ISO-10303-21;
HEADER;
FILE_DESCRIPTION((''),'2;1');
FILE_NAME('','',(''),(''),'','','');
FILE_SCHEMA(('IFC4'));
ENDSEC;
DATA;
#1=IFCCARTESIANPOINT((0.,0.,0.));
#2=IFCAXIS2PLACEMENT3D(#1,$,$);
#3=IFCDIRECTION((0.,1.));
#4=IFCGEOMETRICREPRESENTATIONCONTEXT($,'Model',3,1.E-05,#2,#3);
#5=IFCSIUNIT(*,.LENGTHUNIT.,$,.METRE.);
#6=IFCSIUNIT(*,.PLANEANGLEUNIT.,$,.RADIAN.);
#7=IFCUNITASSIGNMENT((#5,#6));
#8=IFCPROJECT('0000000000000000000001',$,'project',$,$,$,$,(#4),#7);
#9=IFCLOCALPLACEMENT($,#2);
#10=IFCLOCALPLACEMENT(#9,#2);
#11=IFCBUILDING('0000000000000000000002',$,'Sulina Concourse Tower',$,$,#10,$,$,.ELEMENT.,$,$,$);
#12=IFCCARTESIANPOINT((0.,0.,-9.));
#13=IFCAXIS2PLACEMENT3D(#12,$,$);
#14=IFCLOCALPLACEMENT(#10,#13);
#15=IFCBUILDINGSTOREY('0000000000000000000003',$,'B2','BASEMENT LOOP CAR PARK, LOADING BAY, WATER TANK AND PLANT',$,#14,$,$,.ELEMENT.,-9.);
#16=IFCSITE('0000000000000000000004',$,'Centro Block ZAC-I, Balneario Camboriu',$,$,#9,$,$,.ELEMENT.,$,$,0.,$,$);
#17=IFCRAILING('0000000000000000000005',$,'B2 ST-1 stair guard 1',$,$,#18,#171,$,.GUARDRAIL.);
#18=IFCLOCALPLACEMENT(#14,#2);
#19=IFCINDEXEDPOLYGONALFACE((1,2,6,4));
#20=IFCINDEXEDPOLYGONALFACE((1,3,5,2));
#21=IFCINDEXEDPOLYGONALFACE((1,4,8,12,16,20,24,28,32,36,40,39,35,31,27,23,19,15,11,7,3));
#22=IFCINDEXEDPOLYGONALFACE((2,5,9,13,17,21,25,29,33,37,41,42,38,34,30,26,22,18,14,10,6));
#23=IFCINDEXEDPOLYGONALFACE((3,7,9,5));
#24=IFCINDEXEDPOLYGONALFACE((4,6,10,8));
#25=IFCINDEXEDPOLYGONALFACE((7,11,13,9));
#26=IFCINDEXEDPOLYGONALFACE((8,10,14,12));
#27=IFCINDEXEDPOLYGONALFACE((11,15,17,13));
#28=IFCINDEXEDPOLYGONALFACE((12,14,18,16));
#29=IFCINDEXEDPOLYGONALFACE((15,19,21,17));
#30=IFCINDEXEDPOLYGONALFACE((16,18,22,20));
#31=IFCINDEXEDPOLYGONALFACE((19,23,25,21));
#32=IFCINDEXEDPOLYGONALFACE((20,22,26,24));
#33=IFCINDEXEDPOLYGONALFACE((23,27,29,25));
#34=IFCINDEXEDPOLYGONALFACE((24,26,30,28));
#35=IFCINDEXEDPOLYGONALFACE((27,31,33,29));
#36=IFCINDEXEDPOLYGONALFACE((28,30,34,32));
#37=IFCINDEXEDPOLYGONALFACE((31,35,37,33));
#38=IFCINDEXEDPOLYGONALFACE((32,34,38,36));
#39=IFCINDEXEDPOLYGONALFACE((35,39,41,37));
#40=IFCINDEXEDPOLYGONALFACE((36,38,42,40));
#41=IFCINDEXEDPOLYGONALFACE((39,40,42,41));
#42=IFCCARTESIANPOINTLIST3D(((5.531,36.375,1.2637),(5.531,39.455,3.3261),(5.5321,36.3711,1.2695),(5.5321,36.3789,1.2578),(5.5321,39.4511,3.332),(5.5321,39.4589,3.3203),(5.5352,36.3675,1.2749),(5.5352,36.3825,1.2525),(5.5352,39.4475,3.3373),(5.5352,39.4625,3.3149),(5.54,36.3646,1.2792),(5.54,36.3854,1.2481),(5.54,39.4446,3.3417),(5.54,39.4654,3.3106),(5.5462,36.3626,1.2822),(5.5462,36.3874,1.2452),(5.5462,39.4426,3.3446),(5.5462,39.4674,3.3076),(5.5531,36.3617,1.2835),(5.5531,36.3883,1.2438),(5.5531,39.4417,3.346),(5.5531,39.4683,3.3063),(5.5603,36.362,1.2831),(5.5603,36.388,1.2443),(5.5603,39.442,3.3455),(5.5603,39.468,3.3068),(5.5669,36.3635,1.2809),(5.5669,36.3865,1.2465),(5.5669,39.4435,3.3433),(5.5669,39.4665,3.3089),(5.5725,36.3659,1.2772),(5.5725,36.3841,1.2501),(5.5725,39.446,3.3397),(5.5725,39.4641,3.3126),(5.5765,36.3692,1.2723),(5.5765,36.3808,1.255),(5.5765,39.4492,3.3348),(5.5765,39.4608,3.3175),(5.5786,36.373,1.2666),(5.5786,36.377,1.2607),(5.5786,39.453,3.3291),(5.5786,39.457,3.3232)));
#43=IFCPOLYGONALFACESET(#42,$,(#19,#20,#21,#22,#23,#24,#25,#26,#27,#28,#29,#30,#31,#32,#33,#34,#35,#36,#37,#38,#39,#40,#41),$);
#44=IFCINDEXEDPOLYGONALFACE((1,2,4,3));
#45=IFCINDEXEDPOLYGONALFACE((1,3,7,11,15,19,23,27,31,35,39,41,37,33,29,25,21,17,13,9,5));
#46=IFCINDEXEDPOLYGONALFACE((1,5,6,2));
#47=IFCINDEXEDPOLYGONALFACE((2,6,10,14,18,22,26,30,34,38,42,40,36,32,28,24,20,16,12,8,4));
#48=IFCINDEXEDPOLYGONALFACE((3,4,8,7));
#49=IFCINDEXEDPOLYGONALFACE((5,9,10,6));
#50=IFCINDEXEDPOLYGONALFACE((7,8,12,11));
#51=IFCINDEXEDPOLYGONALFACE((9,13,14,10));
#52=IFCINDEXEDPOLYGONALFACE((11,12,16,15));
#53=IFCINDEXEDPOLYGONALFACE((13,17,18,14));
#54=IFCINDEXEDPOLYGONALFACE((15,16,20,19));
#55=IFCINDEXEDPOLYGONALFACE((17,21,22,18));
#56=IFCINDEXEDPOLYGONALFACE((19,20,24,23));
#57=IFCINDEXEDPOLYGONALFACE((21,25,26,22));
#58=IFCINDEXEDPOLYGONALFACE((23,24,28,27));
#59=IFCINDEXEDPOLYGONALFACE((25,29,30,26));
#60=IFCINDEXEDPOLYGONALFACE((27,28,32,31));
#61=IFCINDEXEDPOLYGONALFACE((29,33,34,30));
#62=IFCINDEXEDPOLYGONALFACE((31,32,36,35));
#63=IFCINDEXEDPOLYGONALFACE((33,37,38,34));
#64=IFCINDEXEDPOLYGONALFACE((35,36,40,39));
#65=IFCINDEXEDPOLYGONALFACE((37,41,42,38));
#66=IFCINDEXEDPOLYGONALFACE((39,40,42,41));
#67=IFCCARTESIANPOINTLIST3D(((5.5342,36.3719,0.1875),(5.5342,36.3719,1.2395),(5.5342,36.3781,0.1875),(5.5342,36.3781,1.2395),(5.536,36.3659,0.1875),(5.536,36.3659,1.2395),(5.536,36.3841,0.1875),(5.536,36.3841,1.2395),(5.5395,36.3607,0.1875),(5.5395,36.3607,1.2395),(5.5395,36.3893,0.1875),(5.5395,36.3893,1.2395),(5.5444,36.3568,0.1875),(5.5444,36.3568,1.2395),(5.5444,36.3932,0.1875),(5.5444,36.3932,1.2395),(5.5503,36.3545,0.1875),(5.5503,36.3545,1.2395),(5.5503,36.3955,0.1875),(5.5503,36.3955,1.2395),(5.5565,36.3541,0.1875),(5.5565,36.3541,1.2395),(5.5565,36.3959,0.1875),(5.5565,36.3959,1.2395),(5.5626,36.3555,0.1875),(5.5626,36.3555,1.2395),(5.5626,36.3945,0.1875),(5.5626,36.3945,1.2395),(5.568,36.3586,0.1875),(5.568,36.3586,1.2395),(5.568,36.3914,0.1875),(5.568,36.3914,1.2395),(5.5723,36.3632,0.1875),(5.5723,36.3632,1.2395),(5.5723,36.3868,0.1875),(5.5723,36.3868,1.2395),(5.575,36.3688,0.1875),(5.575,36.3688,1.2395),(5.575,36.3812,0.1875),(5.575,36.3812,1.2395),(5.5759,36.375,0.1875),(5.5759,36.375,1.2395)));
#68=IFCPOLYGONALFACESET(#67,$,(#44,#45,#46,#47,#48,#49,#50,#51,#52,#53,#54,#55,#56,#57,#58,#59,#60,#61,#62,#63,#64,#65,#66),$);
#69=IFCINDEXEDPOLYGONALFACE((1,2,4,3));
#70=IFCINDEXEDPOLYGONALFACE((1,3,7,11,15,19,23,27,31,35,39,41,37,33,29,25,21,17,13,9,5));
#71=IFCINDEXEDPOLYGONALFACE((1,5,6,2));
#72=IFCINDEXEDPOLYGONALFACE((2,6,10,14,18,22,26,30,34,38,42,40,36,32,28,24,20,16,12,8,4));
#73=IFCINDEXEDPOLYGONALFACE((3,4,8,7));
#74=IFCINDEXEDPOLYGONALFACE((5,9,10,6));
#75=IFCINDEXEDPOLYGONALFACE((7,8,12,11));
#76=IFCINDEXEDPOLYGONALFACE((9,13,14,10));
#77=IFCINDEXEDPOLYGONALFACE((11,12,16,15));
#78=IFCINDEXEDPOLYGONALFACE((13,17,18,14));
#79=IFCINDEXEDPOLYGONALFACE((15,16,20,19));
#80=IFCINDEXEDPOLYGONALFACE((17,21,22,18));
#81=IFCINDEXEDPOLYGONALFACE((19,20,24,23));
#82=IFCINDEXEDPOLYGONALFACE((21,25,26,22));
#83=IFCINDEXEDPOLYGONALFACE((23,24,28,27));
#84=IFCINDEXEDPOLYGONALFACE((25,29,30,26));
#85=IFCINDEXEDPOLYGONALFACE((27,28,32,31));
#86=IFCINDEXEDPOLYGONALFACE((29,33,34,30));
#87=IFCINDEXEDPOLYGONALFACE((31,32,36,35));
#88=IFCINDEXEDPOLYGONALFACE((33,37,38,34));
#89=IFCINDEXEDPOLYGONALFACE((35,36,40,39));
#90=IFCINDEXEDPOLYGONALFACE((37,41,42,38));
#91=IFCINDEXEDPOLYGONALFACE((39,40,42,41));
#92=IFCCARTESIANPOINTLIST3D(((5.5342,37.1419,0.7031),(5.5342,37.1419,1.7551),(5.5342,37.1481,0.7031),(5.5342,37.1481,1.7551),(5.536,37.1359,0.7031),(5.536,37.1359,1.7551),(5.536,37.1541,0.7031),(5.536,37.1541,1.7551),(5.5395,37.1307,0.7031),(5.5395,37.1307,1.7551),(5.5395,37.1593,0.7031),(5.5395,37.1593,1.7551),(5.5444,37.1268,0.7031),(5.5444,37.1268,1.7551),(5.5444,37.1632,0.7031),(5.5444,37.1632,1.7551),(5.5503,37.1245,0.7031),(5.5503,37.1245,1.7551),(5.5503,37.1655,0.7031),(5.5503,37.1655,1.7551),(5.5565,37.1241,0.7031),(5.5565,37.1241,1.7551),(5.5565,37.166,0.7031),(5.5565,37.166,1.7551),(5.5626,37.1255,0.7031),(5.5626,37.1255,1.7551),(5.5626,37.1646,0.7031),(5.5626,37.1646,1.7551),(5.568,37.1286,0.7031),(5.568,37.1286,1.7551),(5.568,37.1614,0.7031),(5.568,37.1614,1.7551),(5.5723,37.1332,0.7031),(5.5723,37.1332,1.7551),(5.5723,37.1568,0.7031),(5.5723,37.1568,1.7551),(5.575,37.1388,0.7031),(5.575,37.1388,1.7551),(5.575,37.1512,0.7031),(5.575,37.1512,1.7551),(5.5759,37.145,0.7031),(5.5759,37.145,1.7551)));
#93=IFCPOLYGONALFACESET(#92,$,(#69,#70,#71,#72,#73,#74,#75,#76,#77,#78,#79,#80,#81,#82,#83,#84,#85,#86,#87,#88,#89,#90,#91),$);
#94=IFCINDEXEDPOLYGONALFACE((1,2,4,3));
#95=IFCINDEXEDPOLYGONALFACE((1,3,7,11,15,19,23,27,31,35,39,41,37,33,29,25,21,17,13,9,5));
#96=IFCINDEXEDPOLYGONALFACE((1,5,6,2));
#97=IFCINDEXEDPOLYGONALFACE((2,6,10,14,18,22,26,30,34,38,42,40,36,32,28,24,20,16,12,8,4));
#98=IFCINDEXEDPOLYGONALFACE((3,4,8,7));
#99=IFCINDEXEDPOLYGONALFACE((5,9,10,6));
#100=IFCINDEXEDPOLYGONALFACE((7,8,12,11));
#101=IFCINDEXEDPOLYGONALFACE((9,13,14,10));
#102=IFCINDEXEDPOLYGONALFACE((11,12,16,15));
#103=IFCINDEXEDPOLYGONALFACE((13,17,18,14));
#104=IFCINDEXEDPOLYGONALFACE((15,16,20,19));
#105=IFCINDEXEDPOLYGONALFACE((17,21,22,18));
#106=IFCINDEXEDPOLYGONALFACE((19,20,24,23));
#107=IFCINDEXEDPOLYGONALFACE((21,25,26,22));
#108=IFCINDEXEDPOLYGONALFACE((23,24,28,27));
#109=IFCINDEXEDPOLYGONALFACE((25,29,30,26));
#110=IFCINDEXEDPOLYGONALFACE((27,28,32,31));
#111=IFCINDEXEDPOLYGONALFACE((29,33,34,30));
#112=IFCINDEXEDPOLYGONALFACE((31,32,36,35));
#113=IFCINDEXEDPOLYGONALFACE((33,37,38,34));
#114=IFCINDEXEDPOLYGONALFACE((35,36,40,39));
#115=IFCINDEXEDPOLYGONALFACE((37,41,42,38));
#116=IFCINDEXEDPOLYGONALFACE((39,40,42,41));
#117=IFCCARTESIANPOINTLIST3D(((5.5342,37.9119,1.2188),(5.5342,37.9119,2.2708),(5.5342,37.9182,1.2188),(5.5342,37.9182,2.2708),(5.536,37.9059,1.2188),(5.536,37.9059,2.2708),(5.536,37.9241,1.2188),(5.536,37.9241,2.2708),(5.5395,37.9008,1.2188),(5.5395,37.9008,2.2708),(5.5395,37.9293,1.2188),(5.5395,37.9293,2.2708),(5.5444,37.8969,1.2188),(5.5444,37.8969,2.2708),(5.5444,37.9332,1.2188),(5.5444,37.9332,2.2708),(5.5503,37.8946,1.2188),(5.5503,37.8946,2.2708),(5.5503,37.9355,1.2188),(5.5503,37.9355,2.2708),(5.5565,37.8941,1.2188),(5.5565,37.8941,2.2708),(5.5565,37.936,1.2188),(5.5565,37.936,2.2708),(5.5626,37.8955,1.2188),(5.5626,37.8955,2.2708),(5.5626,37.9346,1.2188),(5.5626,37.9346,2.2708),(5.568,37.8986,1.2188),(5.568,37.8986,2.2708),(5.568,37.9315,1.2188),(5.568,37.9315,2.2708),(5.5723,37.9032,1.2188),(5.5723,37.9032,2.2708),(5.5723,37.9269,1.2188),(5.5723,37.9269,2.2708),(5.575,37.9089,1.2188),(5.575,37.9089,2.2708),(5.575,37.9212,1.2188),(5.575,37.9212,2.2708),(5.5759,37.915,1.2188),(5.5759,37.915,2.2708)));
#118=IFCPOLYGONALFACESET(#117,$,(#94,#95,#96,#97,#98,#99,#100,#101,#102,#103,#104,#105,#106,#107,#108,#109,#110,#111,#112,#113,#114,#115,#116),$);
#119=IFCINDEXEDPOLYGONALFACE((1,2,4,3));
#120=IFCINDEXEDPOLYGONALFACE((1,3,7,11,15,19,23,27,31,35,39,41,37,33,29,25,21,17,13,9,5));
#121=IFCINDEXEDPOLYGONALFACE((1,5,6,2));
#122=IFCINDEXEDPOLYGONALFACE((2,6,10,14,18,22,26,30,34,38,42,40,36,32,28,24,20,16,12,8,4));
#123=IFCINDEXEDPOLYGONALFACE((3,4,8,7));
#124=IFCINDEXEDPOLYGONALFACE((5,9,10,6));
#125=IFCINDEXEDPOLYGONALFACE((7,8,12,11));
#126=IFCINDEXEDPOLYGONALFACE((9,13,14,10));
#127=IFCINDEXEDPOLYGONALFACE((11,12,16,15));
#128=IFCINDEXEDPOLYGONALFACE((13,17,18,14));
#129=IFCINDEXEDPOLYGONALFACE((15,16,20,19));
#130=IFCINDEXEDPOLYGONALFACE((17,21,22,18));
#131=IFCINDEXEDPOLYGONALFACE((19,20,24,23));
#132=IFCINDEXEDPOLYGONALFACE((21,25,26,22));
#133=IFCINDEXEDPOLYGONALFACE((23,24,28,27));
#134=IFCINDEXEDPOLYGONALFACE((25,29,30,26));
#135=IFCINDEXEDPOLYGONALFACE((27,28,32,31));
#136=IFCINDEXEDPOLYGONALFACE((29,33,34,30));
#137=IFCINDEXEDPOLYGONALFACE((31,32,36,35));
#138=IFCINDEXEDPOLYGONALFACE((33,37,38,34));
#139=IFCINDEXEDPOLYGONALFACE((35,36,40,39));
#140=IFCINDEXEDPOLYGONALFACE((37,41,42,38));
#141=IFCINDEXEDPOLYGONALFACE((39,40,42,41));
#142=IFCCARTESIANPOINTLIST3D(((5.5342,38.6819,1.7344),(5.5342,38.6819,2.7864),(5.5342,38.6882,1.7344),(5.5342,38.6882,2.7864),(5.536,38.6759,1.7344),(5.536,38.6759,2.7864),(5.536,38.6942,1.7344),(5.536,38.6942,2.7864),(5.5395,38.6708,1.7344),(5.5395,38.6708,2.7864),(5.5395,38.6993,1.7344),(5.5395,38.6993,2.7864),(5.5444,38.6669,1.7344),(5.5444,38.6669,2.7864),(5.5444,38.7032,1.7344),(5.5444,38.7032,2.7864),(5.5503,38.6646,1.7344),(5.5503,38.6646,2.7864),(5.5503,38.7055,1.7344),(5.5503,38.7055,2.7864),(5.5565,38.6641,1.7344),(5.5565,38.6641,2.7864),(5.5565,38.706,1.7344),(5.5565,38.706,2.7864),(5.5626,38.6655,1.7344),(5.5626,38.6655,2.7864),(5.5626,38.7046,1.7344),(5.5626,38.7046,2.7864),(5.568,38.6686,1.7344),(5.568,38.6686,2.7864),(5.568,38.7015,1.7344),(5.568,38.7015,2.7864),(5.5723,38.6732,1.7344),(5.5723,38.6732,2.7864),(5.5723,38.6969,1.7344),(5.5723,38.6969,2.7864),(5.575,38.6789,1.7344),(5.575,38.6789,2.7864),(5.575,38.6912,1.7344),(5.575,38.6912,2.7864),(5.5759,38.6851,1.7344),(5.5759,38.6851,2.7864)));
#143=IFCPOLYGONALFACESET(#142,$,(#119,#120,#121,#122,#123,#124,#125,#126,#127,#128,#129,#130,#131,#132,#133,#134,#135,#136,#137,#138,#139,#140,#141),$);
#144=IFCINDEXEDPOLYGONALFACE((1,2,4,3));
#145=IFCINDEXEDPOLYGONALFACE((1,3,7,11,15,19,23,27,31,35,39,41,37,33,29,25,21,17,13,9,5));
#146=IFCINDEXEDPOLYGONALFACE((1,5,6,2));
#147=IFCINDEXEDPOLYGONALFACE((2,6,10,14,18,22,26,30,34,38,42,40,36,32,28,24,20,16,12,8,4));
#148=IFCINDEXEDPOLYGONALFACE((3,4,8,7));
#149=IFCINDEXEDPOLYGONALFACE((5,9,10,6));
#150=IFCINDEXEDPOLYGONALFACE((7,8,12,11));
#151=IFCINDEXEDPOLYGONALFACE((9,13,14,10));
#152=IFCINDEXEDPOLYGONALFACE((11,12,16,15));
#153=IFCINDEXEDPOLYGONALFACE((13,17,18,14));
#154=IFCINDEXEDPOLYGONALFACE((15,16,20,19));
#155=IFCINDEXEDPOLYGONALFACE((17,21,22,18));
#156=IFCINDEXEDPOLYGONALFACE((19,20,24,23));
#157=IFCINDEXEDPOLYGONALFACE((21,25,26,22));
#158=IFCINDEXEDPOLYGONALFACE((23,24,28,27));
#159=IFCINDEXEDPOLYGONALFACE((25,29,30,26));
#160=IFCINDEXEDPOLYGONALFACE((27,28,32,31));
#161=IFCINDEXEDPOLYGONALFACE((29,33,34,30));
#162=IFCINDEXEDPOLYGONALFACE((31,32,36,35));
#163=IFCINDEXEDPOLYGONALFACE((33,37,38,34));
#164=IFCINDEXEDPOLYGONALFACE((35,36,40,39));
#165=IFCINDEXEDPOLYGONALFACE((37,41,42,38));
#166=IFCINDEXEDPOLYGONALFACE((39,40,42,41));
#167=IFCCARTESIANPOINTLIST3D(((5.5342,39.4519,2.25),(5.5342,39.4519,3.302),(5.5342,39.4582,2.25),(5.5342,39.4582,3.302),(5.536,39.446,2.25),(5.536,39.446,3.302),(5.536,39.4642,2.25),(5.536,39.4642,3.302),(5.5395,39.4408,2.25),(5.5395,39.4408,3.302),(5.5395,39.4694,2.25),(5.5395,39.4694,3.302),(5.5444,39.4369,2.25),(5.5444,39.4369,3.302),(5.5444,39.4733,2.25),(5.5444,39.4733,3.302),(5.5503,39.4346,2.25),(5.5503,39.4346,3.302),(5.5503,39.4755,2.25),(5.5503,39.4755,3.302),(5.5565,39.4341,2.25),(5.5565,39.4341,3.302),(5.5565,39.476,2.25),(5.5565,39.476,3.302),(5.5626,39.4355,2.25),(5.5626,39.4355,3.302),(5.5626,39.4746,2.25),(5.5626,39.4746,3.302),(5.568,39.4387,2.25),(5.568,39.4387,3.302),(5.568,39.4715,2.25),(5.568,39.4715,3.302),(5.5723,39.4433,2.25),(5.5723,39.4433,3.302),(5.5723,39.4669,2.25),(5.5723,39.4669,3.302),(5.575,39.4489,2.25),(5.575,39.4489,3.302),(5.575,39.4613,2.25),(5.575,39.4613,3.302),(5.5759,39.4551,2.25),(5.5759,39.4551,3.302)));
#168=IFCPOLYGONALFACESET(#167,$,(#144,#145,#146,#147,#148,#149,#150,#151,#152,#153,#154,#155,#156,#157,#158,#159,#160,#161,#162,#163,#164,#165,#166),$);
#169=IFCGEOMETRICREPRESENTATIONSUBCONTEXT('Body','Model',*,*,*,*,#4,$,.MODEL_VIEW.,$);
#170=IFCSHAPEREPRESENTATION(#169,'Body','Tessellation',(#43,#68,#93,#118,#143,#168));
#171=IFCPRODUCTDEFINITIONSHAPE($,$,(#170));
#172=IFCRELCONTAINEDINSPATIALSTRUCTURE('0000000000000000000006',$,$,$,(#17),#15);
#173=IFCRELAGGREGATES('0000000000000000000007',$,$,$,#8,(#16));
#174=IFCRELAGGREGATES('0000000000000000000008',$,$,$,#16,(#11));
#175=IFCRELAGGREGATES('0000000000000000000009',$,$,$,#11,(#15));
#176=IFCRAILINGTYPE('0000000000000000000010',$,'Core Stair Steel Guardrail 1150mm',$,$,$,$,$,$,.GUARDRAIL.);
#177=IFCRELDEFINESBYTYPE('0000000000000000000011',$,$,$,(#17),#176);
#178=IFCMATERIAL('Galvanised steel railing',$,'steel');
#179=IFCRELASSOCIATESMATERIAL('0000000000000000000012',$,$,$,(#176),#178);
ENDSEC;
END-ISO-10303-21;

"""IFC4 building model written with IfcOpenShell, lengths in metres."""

from ifc_helpers import new_model, si_unit, direction, frame, origin, origin_2d, place, context, subcontext, project, spatial, circle, extrude, material, type_object, element, save


model = new_model("IFC4")

# Units and contexts
model_context = context("Model", 3, precision=1e-05, world=origin(), true_north=direction((0.0, 1.0)))
body_context = subcontext(model_context, "Body", "Model", "MODEL_VIEW")
ifc_project = project(units=[si_unit("LENGTHUNIT", "METRE"), si_unit("PLANEANGLEUNIT", "RADIAN")], contexts=[model_context])

# Site, building, storey
site_placement = place(None, origin())
site = spatial("IfcSite", under=ifc_project, at=site_placement, Name="Centro Block ZAC-I, Balneario Camboriu", CompositionType="ELEMENT", RefElevation=0.0)
building_placement = place(site_placement, origin())
building = spatial("IfcBuilding", under=site, at=building_placement, Name="Sulina Concourse Tower", CompositionType="ELEMENT")
storey_placement = place(building_placement, frame((0.0, 0.0, -9.0)))
storey = spatial("IfcBuildingStorey", under=building, at=storey_placement, Name="B2", Description="BASEMENT LOOP CAR PARK, LOADING BAY, WATER TANK AND PLANT", CompositionType="ELEMENT", Elevation=-9.0)

# Railing
ifc_material_1 = material(Name="Galvanised steel railing", Category="steel")
railing_type = type_object("IfcRailingType", Name="Core Stair Steel Guardrail 1150mm", PredefinedType="GUARDRAIL", material=ifc_material_1)
railing_1_placement = place(storey_placement, frame((5.5549, 36.375, 0.1875)))
element("IfcRailing", 1, at=railing_1_placement, inside=storey, type_object=railing_type, Name="B2 ST-1 stair guard 1", PredefinedType="GUARDRAIL", context=body_context, shape_type="SweptSolid", body=[
    extrude(circle(Radius=0.0239, at=origin_2d()), frame((0.0, 0.0, 1.0762), z_axis=(0.0, 0.830914, 0.556401), x_axis=(-1.0, 0.0, 0.0)), (0.0, 0.0, 1.0), 3.7068),
    extrude(circle(Radius=0.021, at=origin_2d()), origin(), (0.0, 0.0, 1.0), 1.052),
    extrude(circle(Radius=0.021, at=origin_2d()), frame((0.0, 0.77, 0.5156)), (0.0, 0.0, 1.0), 1.052),
    extrude(circle(Radius=0.021, at=origin_2d()), frame((0.0, 1.54, 1.0312)), (0.0, 0.0, 1.0), 1.052),
    extrude(circle(Radius=0.021, at=origin_2d()), frame((0.0, 2.3101, 1.5469)), (0.0, 0.0, 1.0), 1.052),
    extrude(circle(Radius=0.021, at=origin_2d()), frame((0.0, 3.0801, 2.0625)), (0.0, 0.0, 1.0), 1.052),
])

save(model, "model.ifc")
